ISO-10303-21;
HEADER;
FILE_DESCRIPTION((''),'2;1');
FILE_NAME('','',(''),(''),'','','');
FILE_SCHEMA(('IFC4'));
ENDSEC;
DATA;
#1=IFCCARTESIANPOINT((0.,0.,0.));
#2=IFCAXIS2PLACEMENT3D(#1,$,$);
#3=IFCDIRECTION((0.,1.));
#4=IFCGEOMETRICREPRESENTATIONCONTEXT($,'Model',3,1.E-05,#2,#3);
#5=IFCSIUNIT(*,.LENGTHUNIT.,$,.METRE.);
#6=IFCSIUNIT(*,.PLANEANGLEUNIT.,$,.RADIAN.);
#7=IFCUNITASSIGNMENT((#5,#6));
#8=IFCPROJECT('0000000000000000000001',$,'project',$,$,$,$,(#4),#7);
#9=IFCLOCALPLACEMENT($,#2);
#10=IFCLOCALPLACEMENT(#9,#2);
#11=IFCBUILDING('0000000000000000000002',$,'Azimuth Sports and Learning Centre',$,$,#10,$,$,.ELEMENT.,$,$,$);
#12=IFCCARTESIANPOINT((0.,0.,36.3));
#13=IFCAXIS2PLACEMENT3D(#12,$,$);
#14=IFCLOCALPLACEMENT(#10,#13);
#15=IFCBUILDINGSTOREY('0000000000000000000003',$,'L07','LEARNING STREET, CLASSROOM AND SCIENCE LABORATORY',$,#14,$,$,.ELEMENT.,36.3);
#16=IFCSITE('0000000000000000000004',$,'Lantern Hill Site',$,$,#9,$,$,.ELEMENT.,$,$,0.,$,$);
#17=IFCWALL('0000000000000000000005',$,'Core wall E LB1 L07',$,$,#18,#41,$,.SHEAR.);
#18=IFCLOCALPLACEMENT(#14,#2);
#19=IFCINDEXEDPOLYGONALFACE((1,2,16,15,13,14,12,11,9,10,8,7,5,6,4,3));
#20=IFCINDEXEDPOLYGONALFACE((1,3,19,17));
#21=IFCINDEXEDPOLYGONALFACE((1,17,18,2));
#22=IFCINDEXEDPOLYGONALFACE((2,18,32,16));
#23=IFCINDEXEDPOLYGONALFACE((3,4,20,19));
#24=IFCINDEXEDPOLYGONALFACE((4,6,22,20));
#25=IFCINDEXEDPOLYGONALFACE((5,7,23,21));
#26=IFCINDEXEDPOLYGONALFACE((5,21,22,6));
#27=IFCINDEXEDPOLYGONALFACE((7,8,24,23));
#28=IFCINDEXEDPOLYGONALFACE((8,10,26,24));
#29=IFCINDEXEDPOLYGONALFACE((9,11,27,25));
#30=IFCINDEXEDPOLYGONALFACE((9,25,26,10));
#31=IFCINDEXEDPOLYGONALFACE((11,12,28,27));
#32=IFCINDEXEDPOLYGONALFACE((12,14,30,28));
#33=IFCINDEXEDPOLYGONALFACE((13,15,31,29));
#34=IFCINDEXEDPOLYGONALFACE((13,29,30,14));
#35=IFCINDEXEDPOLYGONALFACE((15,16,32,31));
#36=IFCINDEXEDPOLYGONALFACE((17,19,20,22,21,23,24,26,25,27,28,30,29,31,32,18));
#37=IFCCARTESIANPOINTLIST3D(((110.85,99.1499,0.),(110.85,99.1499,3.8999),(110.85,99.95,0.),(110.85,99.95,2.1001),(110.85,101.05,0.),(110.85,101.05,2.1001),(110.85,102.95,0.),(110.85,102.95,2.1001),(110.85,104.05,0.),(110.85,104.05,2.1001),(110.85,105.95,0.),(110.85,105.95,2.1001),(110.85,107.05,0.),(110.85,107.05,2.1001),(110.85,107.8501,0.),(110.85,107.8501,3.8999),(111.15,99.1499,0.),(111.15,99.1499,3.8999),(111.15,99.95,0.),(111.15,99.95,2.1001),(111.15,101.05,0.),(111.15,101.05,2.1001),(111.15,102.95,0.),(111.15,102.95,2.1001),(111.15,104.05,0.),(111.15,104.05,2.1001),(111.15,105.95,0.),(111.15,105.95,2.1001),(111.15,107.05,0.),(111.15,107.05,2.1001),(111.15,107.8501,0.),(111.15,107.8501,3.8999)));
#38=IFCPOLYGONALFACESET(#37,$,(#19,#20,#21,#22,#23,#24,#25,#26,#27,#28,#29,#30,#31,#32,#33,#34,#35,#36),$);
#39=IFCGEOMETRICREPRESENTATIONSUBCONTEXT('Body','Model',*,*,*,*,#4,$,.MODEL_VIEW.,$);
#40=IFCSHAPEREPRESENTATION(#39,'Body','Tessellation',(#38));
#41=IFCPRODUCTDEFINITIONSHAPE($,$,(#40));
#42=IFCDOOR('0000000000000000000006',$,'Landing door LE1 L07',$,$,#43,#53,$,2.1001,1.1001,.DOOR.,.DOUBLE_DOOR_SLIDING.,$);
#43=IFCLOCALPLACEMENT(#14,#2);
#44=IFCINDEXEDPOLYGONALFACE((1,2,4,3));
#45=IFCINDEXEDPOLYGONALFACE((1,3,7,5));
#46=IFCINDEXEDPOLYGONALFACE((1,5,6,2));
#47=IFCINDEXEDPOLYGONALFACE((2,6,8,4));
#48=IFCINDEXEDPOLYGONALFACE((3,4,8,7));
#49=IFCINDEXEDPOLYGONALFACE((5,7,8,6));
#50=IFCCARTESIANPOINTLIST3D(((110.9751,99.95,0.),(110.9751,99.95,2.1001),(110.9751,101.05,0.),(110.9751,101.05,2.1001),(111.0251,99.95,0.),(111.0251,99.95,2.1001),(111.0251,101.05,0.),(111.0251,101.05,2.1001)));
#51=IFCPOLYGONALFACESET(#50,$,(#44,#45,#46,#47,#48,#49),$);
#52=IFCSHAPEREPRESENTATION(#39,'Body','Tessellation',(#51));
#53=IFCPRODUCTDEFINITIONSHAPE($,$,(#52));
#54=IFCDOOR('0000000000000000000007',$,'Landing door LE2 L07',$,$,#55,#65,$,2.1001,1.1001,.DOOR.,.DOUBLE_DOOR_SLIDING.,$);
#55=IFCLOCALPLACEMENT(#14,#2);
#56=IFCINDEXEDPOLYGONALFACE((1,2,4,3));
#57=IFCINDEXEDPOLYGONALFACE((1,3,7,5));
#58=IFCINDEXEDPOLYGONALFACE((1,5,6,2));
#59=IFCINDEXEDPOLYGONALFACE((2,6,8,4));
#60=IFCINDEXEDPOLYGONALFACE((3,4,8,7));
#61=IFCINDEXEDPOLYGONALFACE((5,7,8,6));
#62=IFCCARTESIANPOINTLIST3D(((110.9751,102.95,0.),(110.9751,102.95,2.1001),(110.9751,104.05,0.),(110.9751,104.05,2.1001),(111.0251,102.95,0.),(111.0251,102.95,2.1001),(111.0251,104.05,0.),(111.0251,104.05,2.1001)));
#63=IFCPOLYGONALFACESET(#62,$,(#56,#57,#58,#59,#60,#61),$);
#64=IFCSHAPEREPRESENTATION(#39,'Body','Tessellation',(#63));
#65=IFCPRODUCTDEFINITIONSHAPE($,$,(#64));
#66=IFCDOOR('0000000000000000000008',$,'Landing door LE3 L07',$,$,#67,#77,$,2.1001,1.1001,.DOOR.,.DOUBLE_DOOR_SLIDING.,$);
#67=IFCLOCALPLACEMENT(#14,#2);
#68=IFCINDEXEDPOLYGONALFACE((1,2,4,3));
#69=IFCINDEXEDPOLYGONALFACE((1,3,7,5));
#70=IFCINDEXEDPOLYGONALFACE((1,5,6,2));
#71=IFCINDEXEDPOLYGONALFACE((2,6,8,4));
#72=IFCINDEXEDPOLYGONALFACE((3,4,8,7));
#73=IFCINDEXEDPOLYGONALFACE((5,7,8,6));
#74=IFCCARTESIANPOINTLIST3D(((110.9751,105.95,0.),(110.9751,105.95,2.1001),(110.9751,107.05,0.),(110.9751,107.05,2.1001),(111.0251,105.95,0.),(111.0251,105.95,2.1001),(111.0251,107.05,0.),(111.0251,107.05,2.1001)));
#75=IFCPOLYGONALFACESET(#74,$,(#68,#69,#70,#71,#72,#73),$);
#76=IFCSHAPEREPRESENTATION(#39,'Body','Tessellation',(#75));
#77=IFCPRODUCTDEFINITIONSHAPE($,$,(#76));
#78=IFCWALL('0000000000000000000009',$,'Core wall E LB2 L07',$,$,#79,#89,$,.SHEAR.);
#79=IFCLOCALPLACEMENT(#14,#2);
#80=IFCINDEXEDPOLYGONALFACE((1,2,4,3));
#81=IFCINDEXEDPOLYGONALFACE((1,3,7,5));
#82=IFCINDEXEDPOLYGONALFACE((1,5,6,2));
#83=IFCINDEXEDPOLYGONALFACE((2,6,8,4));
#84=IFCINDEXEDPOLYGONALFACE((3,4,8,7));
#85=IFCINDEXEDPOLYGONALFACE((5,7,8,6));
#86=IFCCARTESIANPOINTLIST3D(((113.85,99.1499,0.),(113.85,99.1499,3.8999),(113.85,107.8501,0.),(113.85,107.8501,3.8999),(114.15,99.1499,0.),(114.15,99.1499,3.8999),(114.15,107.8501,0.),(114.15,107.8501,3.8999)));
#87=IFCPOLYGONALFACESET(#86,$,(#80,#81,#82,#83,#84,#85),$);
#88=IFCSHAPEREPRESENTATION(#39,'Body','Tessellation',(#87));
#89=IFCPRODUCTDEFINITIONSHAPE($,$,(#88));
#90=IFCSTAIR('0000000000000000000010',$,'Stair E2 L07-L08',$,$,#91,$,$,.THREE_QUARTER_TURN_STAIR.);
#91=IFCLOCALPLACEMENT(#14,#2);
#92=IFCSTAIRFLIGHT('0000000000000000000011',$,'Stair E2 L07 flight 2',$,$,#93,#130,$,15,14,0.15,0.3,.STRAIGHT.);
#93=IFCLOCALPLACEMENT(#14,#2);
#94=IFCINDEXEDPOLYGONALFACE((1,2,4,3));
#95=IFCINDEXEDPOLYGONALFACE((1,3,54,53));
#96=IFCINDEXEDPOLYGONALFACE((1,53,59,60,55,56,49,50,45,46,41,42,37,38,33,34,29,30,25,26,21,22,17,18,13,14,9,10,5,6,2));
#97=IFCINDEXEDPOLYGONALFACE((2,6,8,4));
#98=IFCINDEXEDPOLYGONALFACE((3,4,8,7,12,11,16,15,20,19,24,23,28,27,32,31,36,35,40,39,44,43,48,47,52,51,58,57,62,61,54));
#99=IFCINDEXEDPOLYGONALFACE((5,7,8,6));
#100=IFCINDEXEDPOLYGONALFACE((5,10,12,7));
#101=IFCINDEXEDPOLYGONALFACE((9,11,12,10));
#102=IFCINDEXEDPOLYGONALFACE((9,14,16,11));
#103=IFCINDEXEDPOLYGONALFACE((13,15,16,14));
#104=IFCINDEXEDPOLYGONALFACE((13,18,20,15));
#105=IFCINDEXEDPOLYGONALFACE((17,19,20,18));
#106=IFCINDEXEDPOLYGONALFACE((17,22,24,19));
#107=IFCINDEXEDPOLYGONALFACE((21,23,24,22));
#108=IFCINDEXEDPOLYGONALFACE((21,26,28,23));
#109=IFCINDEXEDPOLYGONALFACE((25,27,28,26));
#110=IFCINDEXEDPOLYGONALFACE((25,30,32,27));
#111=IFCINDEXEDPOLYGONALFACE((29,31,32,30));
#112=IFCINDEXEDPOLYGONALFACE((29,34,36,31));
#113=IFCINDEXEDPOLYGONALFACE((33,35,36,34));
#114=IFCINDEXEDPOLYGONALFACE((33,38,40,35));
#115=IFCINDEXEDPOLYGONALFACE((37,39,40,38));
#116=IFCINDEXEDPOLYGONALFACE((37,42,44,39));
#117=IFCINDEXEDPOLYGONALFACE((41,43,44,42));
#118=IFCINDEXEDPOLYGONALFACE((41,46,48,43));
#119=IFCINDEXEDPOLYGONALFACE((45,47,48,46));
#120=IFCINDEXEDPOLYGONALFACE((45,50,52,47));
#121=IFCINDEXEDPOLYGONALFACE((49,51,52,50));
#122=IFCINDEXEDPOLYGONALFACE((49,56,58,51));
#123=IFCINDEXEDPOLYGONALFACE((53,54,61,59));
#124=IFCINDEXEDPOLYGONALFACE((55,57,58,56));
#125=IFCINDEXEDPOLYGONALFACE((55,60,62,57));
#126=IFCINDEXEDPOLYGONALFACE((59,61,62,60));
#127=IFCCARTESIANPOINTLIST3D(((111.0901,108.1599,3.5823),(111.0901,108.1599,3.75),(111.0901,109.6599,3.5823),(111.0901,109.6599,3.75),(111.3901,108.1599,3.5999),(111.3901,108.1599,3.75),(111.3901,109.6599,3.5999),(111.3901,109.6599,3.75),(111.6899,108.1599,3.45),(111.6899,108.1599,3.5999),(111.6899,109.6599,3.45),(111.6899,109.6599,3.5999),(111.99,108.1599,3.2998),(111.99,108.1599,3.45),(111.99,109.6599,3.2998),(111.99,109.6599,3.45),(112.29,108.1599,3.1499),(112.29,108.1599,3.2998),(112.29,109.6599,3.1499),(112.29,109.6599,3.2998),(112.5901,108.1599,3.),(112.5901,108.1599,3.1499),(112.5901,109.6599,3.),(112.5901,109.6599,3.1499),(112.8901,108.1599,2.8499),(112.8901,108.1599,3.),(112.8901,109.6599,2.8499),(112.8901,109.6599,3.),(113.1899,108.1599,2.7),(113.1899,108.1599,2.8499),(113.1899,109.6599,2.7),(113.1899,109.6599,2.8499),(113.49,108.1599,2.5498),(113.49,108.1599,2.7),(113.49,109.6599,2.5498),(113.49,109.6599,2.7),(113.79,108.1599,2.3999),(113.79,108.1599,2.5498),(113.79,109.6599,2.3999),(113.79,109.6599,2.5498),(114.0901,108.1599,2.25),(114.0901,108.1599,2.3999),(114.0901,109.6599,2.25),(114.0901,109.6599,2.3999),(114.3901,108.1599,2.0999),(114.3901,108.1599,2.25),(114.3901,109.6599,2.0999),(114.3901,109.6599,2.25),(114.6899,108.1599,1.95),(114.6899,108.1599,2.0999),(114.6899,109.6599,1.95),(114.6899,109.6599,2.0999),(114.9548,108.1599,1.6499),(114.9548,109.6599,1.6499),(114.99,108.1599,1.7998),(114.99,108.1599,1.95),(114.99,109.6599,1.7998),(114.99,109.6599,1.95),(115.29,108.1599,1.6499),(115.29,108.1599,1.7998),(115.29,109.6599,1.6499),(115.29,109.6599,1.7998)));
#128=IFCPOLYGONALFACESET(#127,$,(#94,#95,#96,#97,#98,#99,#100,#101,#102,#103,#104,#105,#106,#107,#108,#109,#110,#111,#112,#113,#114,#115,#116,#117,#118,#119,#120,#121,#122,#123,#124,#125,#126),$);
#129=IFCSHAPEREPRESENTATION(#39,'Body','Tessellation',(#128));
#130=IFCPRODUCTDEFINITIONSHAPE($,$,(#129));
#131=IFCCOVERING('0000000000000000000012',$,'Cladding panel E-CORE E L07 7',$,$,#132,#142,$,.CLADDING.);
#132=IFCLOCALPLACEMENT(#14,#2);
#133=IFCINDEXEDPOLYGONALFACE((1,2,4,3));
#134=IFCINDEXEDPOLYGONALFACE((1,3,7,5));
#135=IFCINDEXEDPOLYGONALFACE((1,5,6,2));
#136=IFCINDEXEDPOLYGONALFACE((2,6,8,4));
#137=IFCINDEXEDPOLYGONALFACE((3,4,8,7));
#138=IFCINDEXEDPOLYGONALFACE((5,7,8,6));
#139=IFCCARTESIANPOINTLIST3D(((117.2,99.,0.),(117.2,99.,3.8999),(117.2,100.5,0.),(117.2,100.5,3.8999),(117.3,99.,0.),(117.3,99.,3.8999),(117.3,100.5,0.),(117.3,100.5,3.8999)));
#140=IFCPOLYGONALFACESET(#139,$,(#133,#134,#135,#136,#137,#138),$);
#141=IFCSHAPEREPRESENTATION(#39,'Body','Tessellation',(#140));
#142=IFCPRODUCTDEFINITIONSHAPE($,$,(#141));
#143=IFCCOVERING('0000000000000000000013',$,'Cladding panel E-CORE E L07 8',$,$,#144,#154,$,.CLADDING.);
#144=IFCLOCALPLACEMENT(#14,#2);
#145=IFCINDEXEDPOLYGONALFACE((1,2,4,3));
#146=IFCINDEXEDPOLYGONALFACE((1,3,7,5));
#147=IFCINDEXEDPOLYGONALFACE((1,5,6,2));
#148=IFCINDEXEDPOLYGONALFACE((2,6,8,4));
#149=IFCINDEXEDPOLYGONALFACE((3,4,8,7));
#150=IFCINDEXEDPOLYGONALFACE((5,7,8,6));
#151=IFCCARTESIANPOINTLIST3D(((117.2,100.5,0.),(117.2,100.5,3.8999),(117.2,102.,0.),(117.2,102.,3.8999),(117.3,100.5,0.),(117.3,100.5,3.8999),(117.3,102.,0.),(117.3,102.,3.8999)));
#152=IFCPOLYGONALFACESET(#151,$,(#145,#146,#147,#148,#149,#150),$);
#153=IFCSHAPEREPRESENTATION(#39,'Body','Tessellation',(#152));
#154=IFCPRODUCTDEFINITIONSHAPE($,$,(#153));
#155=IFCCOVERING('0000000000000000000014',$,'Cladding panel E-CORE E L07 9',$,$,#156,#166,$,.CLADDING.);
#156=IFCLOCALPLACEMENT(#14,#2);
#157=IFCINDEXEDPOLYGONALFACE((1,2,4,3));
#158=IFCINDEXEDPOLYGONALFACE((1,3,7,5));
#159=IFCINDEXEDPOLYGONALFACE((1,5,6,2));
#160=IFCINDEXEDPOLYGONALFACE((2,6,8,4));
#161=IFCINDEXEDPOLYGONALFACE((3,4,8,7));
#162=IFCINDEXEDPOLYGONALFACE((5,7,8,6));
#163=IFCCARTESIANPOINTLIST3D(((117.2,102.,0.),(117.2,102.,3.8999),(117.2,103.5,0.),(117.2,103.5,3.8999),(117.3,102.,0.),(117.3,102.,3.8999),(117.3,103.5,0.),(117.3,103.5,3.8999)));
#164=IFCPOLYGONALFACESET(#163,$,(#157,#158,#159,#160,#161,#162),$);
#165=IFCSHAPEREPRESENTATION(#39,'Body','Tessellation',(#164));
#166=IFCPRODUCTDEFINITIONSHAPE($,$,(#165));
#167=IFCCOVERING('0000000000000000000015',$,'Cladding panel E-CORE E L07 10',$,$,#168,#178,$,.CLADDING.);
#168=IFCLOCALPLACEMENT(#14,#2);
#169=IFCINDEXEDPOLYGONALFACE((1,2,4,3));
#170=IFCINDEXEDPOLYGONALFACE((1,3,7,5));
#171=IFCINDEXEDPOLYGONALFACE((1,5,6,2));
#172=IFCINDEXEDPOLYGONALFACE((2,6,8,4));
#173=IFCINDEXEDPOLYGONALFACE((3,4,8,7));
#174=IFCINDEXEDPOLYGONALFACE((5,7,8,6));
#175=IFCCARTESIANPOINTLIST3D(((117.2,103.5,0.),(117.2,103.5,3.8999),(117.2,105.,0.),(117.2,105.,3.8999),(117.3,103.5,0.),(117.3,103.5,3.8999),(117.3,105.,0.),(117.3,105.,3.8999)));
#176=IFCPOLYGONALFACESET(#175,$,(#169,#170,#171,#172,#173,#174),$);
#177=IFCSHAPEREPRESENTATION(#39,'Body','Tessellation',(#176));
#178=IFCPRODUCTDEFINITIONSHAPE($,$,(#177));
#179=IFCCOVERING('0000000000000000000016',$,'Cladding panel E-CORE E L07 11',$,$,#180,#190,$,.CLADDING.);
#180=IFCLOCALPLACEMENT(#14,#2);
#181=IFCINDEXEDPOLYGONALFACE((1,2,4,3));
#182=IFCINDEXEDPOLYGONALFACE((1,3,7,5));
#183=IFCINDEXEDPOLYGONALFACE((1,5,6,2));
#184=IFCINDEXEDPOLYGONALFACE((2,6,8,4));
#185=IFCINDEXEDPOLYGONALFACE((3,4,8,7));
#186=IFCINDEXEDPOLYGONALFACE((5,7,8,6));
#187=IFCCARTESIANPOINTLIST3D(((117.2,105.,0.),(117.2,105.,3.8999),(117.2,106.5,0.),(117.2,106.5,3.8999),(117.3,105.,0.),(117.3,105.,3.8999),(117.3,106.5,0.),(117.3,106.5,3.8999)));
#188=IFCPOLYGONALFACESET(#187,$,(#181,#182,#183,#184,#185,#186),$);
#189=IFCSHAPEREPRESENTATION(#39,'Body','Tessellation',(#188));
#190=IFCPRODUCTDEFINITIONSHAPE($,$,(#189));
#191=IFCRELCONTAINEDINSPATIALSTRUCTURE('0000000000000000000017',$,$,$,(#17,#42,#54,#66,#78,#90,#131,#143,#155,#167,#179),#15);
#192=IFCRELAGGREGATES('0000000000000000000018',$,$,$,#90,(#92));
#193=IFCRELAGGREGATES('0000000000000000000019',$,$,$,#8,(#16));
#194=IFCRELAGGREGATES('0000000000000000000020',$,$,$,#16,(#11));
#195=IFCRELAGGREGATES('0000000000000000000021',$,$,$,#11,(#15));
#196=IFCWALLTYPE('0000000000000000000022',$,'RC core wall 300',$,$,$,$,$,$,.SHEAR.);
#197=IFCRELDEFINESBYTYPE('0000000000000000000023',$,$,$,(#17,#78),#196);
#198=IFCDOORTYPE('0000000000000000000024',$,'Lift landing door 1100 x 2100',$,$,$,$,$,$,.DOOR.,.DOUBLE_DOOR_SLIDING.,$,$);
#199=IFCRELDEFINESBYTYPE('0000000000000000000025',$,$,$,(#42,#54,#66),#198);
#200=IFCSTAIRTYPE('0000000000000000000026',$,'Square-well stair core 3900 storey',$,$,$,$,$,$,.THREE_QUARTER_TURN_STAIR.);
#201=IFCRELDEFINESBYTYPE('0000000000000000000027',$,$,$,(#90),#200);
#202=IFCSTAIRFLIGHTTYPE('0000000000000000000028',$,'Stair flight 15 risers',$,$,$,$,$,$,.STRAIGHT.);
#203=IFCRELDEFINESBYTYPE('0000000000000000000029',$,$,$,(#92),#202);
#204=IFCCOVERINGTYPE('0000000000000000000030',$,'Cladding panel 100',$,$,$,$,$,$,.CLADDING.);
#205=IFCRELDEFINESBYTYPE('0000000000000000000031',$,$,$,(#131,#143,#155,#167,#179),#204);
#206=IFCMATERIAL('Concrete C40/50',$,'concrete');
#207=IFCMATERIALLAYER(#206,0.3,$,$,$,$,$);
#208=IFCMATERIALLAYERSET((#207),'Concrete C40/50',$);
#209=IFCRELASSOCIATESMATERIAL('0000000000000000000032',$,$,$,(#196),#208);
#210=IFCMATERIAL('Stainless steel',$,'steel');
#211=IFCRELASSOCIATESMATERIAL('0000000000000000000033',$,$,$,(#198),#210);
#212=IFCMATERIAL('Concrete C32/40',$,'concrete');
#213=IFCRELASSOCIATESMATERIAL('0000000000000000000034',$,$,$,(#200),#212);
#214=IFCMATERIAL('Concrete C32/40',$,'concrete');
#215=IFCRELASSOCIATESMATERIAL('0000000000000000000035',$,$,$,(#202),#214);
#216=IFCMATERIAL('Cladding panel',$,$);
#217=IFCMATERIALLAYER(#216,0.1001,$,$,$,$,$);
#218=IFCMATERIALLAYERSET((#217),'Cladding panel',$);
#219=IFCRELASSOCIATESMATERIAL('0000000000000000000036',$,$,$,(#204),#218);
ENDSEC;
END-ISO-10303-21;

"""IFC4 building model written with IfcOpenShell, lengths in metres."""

from ifc_helpers import new_model, si_unit, direction, frame, frame_2d, origin, origin_2d, place, context, subcontext, project, spatial, polyline, rectangle, outline, extrude, material, layer, layer_set, type_object, element, fill, aggregate, save


model = new_model("IFC4")

# Units and contexts
model_context = context("Model", 3, precision=1e-05, world=origin(), true_north=direction((0.0, 1.0)))
body_context = subcontext(model_context, "Body", "Model", "MODEL_VIEW")
ifc_project = project(units=[si_unit("LENGTHUNIT", "METRE"), si_unit("PLANEANGLEUNIT", "RADIAN")], contexts=[model_context])

# Site, building, storey
site_placement = place(None, origin())
site = spatial("IfcSite", under=ifc_project, at=site_placement, Name="Lantern Hill Site", CompositionType="ELEMENT", RefElevation=0.0)
building_placement = place(site_placement, origin())
building = spatial("IfcBuilding", under=site, at=building_placement, Name="Azimuth Sports and Learning Centre", CompositionType="ELEMENT")
storey_placement = place(building_placement, frame((0.0, 0.0, 36.3)))
storey = spatial("IfcBuildingStorey", under=building, at=storey_placement, Name="L07", Description="LEARNING STREET, CLASSROOM AND SCIENCE LABORATORY", CompositionType="ELEMENT", Elevation=36.3)

# Shared definitions
ifc_material_1 = material(Name="Concrete C40/50", Category="concrete")
ifc_layer_1 = layer(ifc_material_1, 0.3)
ifc_layer_set_1 = layer_set([ifc_layer_1], Name="Concrete C40/50")
wall_type_1 = type_object("IfcWallType", Name="RC core wall 300", PredefinedType="SHEAR", material=ifc_layer_set_1)

# Wall, openings, doors
wall_1_placement = place(storey_placement, frame((111.0, 99.1499, 0.0), z_axis=(0.0, 0.0, 1.0), x_axis=(0.0, 1.0, 0.0)))
wall_1 = element("IfcWall", 1, at=wall_1_placement, inside=storey, type_object=wall_type_1, Name="Core wall E LB1 L07", PredefinedType="SHEAR", context=body_context, shape_type="SweptSolid", body=[
    extrude(rectangle(XDim=8.7002, YDim=0.3, at=frame_2d((4.3501, 0.0))), origin(), (0.0, 0.0, 1.0), 3.8999),
])
opening_1_placement = place(wall_1_placement, frame((0.8, 0.0, 0.0)))
opening_1 = element("IfcOpeningElement", 2, at=opening_1_placement, cuts=wall_1, PredefinedType="OPENING", context=body_context, shape_type="SweptSolid", body=[
    extrude(rectangle(XDim=1.1001, YDim=2.1001, at=frame_2d((0.55, 1.05))), frame((0.0, 0.1611, 0.0), z_axis=(0.0, -1.0, 0.0), x_axis=(1.0, 0.0, 0.0)), (0.0, 0.0, 1.0), 0.322),
])
opening_2_placement = place(wall_1_placement, frame((3.8, 0.0, 0.0)))
opening_2 = element("IfcOpeningElement", 3, at=opening_2_placement, cuts=wall_1, PredefinedType="OPENING", context=body_context, shape_type="SweptSolid", body=[
    extrude(rectangle(XDim=1.1001, YDim=2.1001, at=frame_2d((0.55, 1.05))), frame((0.0, 0.1611, 0.0), z_axis=(0.0, -1.0, 0.0), x_axis=(1.0, 0.0, 0.0)), (0.0, 0.0, 1.0), 0.322),
])
opening_3_placement = place(wall_1_placement, frame((6.8, 0.0, 0.0)))
opening_3 = element("IfcOpeningElement", 4, at=opening_3_placement, cuts=wall_1, PredefinedType="OPENING", context=body_context, shape_type="SweptSolid", body=[
    extrude(rectangle(XDim=1.1001, YDim=2.1001, at=frame_2d((0.55, 1.05))), frame((0.0, 0.1611, 0.0), z_axis=(0.0, -1.0, 0.0), x_axis=(1.0, 0.0, 0.0)), (0.0, 0.0, 1.0), 0.322),
])
ifc_material_2 = material(Name="Stainless steel", Category="steel")
door_type = type_object("IfcDoorType", Name="Lift landing door 1100 x 2100", OperationType="DOUBLE_DOOR_SLIDING", PredefinedType="DOOR", material=ifc_material_2)
door_1_placement = place(opening_1_placement, origin())
door_1 = element("IfcDoor", 5, at=door_1_placement, inside=storey, type_object=door_type, Name="Landing door LE1 L07", OperationType="DOUBLE_DOOR_SLIDING", OverallHeight=2.1001, OverallWidth=1.1001, PredefinedType="DOOR", context=body_context, shape_type="SweptSolid", body=[
    extrude(rectangle(XDim=1.1001, YDim=2.1001, at=frame_2d((0.55, 1.05))), frame((0.0, 0.0249, 0.0), z_axis=(0.0, -1.0, 0.0), x_axis=(1.0, 0.0, 0.0)), (0.0, 0.0, 1.0), 0.05),
])
fill(opening_1, door_1)
door_2_placement = place(opening_2_placement, origin())
door_2 = element("IfcDoor", 6, at=door_2_placement, inside=storey, type_object=door_type, Name="Landing door LE2 L07", OperationType="DOUBLE_DOOR_SLIDING", OverallHeight=2.1001, OverallWidth=1.1001, PredefinedType="DOOR", context=body_context, shape_type="SweptSolid", body=[
    extrude(rectangle(XDim=1.1001, YDim=2.1001, at=frame_2d((0.55, 1.05))), frame((0.0, 0.0249, 0.0), z_axis=(0.0, -1.0, 0.0), x_axis=(1.0, 0.0, 0.0)), (0.0, 0.0, 1.0), 0.05),
])
fill(opening_2, door_2)
door_3_placement = place(opening_3_placement, origin())
door_3 = element("IfcDoor", 7, at=door_3_placement, inside=storey, type_object=door_type, Name="Landing door LE3 L07", OperationType="DOUBLE_DOOR_SLIDING", OverallHeight=2.1001, OverallWidth=1.1001, PredefinedType="DOOR", context=body_context, shape_type="SweptSolid", body=[
    extrude(rectangle(XDim=1.1001, YDim=2.1001, at=frame_2d((0.55, 1.05))), frame((0.0, 0.0249, 0.0), z_axis=(0.0, -1.0, 0.0), x_axis=(1.0, 0.0, 0.0)), (0.0, 0.0, 1.0), 0.05),
])
fill(opening_3, door_3)

# Wall
wall_2_placement = place(storey_placement, frame((114.0, 99.1499, 0.0), z_axis=(0.0, 0.0, 1.0), x_axis=(0.0, 1.0, 0.0)))
element("IfcWall", 8, at=wall_2_placement, inside=storey, type_object=wall_type_1, Name="Core wall E LB2 L07", PredefinedType="SHEAR", context=body_context, shape_type="SweptSolid", body=[
    extrude(rectangle(XDim=8.7002, YDim=0.3, at=frame_2d((4.3501, 0.0))), origin(), (0.0, 0.0, 1.0), 3.8999),
])

# Stair, stair flight
ifc_material_3 = material(Name="Concrete C32/40", Category="concrete")
stair_type = type_object("IfcStairType", Name="Square-well stair core 3900 storey", PredefinedType="THREE_QUARTER_TURN_STAIR", material=ifc_material_3)
stair_placement = place(storey_placement, origin())
stair = element("IfcStair", 9, at=stair_placement, inside=storey, type_object=stair_type, Name="Stair E2 L07-L08", PredefinedType="THREE_QUARTER_TURN_STAIR")
ifc_material_4 = material(Name="Concrete C32/40", Category="concrete")
stair_flight_type = type_object("IfcStairFlightType", Name="Stair flight 15 risers", PredefinedType="STRAIGHT", material=ifc_material_4)
stair_flight_placement = place(storey_placement, frame((115.29, 108.9099, 1.6499), z_axis=(0.0, 0.0, 1.0), x_axis=(-1.0, 0.0, 0.0)))
stair_flight = element("IfcStairFlight", 10, at=stair_flight_placement, type_object=stair_flight_type, Name="Stair E2 L07 flight 2", NumberOfRisers=15, NumberOfTreads=14, PredefinedType="STRAIGHT", RiserHeight=0.15, TreadLength=0.3, context=body_context, shape_type="SweptSolid", body=[
    extrude(outline(polyline([(0.0, 0.0), (0.0, 0.1499), (0.3, 0.1499), (0.3, 0.3), (0.6001, 0.3), (0.6001, 0.45), (0.8999, 0.45), (0.8999, 0.6001), (1.2, 0.6001), (1.2, 0.75), (1.5, 0.75), (1.5, 0.8999), (1.8, 0.8999), (1.8, 1.05), (2.1001, 1.05), (2.1001, 1.2), (2.3999, 1.2), (2.3999, 1.3501), (2.7, 1.3501), (2.7, 1.5), (3.0, 1.5), (3.0, 1.6499), (3.3, 1.6499), (3.3, 1.8), (3.6001, 1.8), (3.6001, 1.95), (3.8999, 1.95), (3.8999, 2.1001), (4.2, 2.1001), (4.2, 2.25), (4.2, 1.9324), (0.3352, 0.0), (0.0, 0.0)])), frame((0.0, 0.75, 0.0), z_axis=(0.0, -1.0, 0.0), x_axis=(1.0, 0.0, 0.0)), (0.0, 0.0, 1.0), 1.5),
])
aggregate(stair, [stair_flight])

# Coverings
ifc_material_5 = material(Name="Cladding panel")
ifc_layer_2 = layer(ifc_material_5, 0.1001)
ifc_layer_set_2 = layer_set([ifc_layer_2], Name="Cladding panel")
covering_type = type_object("IfcCoveringType", Name="Cladding panel 100", PredefinedType="CLADDING", material=ifc_layer_set_2)
for number, where, z_axis, x_axis, name in (
    (11, (117.25, 99.75, 0.0), (0.0, 0.0, 1.0), (0.0, 1.0, 0.0), "Cladding panel E-CORE E L07 7"),
    (12, (117.25, 101.25, 0.0), (0.0, 0.0, 1.0), (0.0, 1.0, 0.0), "Cladding panel E-CORE E L07 8"),
    (13, (117.25, 102.75, 0.0), (0.0, 0.0, 1.0), (0.0, 1.0, 0.0), "Cladding panel E-CORE E L07 9"),
    (14, (117.25, 104.25, 0.0), (0.0, 0.0, 1.0), (0.0, 1.0, 0.0), "Cladding panel E-CORE E L07 10"),
    (15, (117.25, 105.75, 0.0), (0.0, 0.0, 1.0), (0.0, 1.0, 0.0), "Cladding panel E-CORE E L07 11"),
):
    element("IfcCovering", number, at=place(storey_placement, frame(where, z_axis=z_axis, x_axis=x_axis)), inside=storey, type_object=covering_type, Name=name, PredefinedType="CLADDING", context=body_context, shape_type="SweptSolid", body=[
        extrude(rectangle(XDim=1.5, YDim=0.1001, at=origin_2d()), origin(), (0.0, 0.0, 1.0), 3.8999),
    ])

save(model, "model.ifc")
